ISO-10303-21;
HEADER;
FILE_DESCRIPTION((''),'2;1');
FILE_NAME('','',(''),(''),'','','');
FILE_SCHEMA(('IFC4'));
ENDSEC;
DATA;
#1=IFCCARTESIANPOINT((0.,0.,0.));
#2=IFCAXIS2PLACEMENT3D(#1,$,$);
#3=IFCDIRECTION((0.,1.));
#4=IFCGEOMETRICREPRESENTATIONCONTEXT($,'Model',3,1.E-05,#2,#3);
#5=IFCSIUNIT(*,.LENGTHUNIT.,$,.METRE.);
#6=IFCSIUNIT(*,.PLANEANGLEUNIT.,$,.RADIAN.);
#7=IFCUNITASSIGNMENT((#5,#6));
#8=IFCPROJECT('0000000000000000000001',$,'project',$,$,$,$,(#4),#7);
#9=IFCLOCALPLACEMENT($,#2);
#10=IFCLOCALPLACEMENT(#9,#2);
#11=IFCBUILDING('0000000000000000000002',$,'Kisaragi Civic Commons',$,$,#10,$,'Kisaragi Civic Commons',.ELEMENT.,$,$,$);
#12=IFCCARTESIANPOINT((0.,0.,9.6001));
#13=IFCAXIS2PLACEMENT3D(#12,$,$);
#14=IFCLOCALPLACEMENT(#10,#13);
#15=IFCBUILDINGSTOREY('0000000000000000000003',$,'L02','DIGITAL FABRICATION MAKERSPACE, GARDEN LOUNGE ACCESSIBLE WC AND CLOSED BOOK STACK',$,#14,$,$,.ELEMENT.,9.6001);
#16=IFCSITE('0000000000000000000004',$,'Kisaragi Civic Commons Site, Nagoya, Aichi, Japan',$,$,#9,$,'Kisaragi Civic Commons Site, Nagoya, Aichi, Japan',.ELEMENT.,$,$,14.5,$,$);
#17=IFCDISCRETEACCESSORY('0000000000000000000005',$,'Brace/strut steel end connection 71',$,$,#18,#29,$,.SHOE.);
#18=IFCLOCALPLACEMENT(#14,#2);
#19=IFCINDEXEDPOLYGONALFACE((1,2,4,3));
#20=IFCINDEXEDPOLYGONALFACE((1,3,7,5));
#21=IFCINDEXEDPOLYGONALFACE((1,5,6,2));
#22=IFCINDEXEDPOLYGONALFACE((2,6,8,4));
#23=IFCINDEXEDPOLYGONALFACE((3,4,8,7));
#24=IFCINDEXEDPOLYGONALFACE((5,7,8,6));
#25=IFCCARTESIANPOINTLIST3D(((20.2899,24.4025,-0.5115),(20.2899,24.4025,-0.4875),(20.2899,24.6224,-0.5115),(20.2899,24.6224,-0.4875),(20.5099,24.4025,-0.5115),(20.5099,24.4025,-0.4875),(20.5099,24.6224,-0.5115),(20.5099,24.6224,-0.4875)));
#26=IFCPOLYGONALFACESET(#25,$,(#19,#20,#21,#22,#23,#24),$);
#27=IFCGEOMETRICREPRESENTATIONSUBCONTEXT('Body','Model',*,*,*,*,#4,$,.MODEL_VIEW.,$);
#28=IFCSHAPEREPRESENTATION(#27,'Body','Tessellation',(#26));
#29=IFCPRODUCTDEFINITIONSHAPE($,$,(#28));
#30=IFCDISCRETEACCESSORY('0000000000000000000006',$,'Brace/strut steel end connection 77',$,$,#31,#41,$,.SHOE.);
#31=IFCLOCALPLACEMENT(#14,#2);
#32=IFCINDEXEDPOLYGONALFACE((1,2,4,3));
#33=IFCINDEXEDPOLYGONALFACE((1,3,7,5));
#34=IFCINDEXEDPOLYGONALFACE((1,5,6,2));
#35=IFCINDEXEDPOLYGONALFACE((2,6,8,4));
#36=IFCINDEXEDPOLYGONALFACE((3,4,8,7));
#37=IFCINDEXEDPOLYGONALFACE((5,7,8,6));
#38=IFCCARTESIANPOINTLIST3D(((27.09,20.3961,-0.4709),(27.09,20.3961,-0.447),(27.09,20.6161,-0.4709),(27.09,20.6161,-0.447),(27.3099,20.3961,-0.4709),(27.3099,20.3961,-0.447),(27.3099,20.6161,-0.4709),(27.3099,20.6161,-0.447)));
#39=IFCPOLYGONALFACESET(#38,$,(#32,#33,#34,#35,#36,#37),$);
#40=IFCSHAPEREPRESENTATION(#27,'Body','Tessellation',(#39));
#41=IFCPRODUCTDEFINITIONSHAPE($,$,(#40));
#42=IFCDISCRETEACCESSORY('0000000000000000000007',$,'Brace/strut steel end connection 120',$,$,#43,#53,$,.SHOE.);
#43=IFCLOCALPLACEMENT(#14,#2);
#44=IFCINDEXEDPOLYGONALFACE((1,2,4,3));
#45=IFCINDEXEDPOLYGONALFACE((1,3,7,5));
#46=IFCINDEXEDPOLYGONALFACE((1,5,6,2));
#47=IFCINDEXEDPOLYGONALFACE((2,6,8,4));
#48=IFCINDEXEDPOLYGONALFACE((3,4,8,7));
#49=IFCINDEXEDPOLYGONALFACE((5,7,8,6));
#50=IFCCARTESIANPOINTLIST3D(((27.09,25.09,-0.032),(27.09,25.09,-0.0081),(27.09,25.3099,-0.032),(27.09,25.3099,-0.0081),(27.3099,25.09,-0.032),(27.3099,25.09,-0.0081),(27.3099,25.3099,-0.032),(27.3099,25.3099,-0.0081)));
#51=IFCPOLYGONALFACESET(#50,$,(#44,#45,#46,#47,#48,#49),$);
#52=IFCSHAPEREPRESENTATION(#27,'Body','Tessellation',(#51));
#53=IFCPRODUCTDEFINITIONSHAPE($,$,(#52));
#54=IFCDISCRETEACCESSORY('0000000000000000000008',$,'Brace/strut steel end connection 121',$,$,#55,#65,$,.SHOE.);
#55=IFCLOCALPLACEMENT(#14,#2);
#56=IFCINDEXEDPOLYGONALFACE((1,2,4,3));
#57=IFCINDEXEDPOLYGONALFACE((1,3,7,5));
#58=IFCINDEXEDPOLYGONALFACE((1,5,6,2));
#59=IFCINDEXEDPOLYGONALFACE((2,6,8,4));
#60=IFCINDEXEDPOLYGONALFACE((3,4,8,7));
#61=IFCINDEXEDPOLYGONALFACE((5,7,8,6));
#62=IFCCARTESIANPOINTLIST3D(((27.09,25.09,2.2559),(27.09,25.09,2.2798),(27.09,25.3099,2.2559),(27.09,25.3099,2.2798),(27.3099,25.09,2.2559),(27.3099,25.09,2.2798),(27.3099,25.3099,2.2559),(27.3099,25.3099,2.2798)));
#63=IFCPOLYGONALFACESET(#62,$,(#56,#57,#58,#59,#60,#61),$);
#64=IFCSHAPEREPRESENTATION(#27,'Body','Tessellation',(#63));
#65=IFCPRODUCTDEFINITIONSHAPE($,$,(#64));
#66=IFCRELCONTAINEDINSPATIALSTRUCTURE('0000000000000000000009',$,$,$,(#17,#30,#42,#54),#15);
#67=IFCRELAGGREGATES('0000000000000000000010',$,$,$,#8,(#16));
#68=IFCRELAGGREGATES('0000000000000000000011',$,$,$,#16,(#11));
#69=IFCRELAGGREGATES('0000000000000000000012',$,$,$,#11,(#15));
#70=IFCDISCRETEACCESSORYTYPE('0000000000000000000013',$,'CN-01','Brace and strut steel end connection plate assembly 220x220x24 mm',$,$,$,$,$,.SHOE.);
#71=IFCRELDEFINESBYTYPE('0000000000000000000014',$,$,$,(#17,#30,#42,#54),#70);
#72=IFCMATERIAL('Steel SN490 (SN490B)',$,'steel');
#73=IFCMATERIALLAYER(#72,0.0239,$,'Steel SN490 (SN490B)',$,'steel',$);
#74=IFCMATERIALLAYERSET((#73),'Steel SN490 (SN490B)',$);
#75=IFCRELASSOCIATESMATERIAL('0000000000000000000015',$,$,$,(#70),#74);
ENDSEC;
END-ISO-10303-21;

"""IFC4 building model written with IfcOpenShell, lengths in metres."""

from ifc_helpers import new_model, si_unit, direction, frame, origin, origin_2d, place, context, subcontext, project, spatial, rectangle, extrude, material, layer, layer_set, type_object, element, save


model = new_model("IFC4")

# Units and contexts
model_context = context("Model", 3, precision=1e-05, world=origin(), true_north=direction((0.0, 1.0)))
body_context = subcontext(model_context, "Body", "Model", "MODEL_VIEW")
ifc_project = project(units=[si_unit("LENGTHUNIT", "METRE"), si_unit("PLANEANGLEUNIT", "RADIAN")], contexts=[model_context])

# Site, building, storey
site_placement = place(None, origin())
site = spatial("IfcSite", under=ifc_project, at=site_placement, Name="Kisaragi Civic Commons Site, Nagoya, Aichi, Japan", LongName="Kisaragi Civic Commons Site, Nagoya, Aichi, Japan", CompositionType="ELEMENT", RefElevation=14.5)
building_placement = place(site_placement, origin())
building = spatial("IfcBuilding", under=site, at=building_placement, Name="Kisaragi Civic Commons", LongName="Kisaragi Civic Commons", CompositionType="ELEMENT")
storey_placement = place(building_placement, frame((0.0, 0.0, 9.6001)))
storey = spatial("IfcBuildingStorey", under=building, at=storey_placement, Name="L02", Description="DIGITAL FABRICATION MAKERSPACE, GARDEN LOUNGE ACCESSIBLE WC AND CLOSED BOOK STACK", CompositionType="ELEMENT", Elevation=9.6001)

# Shared definitions
ifc_material_1 = material(Name="Steel SN490 (SN490B)", Category="steel")

# Discrete accessories
ifc_layer_1 = layer(ifc_material_1, 0.0239, Name="Steel SN490 (SN490B)", Category="steel")
ifc_layer_set_1 = layer_set([ifc_layer_1], Name="Steel SN490 (SN490B)")
discrete_accessory_type = type_object("IfcDiscreteAccessoryType", Name="CN-01", Description="Brace and strut steel end connection plate assembly 220x220x24 mm", PredefinedType="SHOE", material=ifc_layer_set_1)
for number, where, z_axis, x_axis, name in (
    (1, (20.3999, 24.5125, -0.5115), (0.0, 0.0, 1.0), (1.0, 0.0, 0.0), "Brace/strut steel end connection 71"),
    (2, (27.2, 20.5061, -0.4709), (0.0, 0.0, 1.0), (1.0, 0.0, 0.0), "Brace/strut steel end connection 77"),
    (3, (27.2, 25.2, -0.032), (0.0, 0.0, 1.0), (1.0, 0.0, 0.0), "Brace/strut steel end connection 120"),
    (4, (27.2, 25.2, 2.2559), (0.0, 0.0, 1.0), (1.0, 0.0, 0.0), "Brace/strut steel end connection 121"),
):
    element("IfcDiscreteAccessory", number, at=place(storey_placement, frame(where, z_axis=z_axis, x_axis=x_axis)), inside=storey, type_object=discrete_accessory_type, Name=name, PredefinedType="SHOE", context=body_context, shape_type="SweptSolid", body=[
        extrude(rectangle(XDim=0.22, YDim=0.22, at=origin_2d()), origin(), (0.0, 0.0, 1.0), 0.0239),
    ])

save(model, "model.ifc")
